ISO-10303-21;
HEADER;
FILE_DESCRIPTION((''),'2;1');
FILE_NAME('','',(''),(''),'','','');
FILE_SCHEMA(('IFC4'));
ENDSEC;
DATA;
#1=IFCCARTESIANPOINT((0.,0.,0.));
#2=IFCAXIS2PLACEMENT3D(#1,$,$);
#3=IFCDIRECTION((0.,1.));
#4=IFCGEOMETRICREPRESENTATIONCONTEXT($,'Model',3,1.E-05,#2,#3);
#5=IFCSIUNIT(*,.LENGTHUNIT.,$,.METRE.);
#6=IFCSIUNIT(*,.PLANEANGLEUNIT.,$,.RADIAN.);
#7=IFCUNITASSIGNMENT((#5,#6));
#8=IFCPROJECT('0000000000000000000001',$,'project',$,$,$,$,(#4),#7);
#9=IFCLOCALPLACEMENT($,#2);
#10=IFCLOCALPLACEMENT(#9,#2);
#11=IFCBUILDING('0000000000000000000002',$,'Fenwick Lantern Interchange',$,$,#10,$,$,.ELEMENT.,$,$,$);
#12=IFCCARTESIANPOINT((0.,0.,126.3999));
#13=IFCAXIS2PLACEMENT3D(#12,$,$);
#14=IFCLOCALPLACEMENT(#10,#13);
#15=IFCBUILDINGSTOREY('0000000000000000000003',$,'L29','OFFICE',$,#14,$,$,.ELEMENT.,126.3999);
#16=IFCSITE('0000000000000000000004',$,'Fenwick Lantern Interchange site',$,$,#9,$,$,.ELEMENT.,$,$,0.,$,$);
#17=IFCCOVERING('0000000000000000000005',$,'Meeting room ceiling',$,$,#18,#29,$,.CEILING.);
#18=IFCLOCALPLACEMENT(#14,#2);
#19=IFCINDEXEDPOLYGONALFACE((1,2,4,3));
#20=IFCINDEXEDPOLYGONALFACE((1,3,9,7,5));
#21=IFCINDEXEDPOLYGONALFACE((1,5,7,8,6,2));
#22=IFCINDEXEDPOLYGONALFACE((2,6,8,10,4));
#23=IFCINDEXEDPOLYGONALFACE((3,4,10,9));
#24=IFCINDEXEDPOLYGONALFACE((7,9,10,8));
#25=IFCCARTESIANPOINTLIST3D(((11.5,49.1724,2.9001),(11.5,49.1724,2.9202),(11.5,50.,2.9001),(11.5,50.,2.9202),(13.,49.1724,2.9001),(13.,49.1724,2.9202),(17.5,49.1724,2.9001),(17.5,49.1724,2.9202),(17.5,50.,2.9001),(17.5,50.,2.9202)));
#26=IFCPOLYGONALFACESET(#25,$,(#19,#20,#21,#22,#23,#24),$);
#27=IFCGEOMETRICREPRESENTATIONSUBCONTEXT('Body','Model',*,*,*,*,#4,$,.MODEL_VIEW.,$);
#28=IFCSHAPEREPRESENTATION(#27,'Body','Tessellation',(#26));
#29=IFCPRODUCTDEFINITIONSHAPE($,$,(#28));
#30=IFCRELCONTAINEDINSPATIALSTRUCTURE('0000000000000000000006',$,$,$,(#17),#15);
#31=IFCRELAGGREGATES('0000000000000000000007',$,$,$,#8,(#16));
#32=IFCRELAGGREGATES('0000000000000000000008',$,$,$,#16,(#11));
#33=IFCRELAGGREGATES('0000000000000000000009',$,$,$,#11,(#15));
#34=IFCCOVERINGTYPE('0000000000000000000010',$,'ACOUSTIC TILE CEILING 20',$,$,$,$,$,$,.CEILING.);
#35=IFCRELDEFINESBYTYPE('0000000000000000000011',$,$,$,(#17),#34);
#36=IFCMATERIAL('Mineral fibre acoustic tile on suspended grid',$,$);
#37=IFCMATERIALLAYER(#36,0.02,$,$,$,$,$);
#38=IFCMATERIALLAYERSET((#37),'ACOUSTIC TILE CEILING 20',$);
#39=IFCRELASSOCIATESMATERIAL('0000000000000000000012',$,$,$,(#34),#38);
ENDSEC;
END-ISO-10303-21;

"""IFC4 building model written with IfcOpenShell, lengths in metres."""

from ifc_helpers import new_model, si_unit, direction, frame, origin, place, context, subcontext, project, spatial, polyline, outline, extrude, material, layer, layer_set, type_object, element, save


model = new_model("IFC4")

# Units and contexts
model_context = context("Model", 3, precision=1e-05, world=origin(), true_north=direction((0.0, 1.0)))
body_context = subcontext(model_context, "Body", "Model", "MODEL_VIEW")
ifc_project = project(units=[si_unit("LENGTHUNIT", "METRE"), si_unit("PLANEANGLEUNIT", "RADIAN")], contexts=[model_context])

# Site, building, storey
site_placement = place(None, origin())
site = spatial("IfcSite", under=ifc_project, at=site_placement, Name="Fenwick Lantern Interchange site", CompositionType="ELEMENT", RefElevation=0.0)
building_placement = place(site_placement, origin())
building = spatial("IfcBuilding", under=site, at=building_placement, Name="Fenwick Lantern Interchange", CompositionType="ELEMENT")
storey_placement = place(building_placement, frame((0.0, 0.0, 126.3999)))
storey = spatial("IfcBuildingStorey", under=building, at=storey_placement, Name="L29", Description="OFFICE", CompositionType="ELEMENT", Elevation=126.3999)

# Covering
ifc_material = material(Name="Mineral fibre acoustic tile on suspended grid")
ifc_layer = layer(ifc_material, 0.02)
ifc_layer_set = layer_set([ifc_layer], Name="ACOUSTIC TILE CEILING 20")
covering_type = type_object("IfcCoveringType", Name="ACOUSTIC TILE CEILING 20", PredefinedType="CEILING", material=ifc_layer_set)
covering_1_placement = place(storey_placement, frame((0.0, 0.0, 2.9001)))
element("IfcCovering", 1, at=covering_1_placement, inside=storey, type_object=covering_type, Name="Meeting room ceiling", PredefinedType="CEILING", context=body_context, shape_type="SweptSolid", body=[
    extrude(outline(polyline([(11.5, 50.0), (11.5, 49.1724), (13.0, 49.1724), (17.5, 49.1724), (17.5, 50.0), (11.5, 50.0)])), origin(), (0.0, 0.0, 1.0), 0.02),
])

save(model, "model.ifc")
